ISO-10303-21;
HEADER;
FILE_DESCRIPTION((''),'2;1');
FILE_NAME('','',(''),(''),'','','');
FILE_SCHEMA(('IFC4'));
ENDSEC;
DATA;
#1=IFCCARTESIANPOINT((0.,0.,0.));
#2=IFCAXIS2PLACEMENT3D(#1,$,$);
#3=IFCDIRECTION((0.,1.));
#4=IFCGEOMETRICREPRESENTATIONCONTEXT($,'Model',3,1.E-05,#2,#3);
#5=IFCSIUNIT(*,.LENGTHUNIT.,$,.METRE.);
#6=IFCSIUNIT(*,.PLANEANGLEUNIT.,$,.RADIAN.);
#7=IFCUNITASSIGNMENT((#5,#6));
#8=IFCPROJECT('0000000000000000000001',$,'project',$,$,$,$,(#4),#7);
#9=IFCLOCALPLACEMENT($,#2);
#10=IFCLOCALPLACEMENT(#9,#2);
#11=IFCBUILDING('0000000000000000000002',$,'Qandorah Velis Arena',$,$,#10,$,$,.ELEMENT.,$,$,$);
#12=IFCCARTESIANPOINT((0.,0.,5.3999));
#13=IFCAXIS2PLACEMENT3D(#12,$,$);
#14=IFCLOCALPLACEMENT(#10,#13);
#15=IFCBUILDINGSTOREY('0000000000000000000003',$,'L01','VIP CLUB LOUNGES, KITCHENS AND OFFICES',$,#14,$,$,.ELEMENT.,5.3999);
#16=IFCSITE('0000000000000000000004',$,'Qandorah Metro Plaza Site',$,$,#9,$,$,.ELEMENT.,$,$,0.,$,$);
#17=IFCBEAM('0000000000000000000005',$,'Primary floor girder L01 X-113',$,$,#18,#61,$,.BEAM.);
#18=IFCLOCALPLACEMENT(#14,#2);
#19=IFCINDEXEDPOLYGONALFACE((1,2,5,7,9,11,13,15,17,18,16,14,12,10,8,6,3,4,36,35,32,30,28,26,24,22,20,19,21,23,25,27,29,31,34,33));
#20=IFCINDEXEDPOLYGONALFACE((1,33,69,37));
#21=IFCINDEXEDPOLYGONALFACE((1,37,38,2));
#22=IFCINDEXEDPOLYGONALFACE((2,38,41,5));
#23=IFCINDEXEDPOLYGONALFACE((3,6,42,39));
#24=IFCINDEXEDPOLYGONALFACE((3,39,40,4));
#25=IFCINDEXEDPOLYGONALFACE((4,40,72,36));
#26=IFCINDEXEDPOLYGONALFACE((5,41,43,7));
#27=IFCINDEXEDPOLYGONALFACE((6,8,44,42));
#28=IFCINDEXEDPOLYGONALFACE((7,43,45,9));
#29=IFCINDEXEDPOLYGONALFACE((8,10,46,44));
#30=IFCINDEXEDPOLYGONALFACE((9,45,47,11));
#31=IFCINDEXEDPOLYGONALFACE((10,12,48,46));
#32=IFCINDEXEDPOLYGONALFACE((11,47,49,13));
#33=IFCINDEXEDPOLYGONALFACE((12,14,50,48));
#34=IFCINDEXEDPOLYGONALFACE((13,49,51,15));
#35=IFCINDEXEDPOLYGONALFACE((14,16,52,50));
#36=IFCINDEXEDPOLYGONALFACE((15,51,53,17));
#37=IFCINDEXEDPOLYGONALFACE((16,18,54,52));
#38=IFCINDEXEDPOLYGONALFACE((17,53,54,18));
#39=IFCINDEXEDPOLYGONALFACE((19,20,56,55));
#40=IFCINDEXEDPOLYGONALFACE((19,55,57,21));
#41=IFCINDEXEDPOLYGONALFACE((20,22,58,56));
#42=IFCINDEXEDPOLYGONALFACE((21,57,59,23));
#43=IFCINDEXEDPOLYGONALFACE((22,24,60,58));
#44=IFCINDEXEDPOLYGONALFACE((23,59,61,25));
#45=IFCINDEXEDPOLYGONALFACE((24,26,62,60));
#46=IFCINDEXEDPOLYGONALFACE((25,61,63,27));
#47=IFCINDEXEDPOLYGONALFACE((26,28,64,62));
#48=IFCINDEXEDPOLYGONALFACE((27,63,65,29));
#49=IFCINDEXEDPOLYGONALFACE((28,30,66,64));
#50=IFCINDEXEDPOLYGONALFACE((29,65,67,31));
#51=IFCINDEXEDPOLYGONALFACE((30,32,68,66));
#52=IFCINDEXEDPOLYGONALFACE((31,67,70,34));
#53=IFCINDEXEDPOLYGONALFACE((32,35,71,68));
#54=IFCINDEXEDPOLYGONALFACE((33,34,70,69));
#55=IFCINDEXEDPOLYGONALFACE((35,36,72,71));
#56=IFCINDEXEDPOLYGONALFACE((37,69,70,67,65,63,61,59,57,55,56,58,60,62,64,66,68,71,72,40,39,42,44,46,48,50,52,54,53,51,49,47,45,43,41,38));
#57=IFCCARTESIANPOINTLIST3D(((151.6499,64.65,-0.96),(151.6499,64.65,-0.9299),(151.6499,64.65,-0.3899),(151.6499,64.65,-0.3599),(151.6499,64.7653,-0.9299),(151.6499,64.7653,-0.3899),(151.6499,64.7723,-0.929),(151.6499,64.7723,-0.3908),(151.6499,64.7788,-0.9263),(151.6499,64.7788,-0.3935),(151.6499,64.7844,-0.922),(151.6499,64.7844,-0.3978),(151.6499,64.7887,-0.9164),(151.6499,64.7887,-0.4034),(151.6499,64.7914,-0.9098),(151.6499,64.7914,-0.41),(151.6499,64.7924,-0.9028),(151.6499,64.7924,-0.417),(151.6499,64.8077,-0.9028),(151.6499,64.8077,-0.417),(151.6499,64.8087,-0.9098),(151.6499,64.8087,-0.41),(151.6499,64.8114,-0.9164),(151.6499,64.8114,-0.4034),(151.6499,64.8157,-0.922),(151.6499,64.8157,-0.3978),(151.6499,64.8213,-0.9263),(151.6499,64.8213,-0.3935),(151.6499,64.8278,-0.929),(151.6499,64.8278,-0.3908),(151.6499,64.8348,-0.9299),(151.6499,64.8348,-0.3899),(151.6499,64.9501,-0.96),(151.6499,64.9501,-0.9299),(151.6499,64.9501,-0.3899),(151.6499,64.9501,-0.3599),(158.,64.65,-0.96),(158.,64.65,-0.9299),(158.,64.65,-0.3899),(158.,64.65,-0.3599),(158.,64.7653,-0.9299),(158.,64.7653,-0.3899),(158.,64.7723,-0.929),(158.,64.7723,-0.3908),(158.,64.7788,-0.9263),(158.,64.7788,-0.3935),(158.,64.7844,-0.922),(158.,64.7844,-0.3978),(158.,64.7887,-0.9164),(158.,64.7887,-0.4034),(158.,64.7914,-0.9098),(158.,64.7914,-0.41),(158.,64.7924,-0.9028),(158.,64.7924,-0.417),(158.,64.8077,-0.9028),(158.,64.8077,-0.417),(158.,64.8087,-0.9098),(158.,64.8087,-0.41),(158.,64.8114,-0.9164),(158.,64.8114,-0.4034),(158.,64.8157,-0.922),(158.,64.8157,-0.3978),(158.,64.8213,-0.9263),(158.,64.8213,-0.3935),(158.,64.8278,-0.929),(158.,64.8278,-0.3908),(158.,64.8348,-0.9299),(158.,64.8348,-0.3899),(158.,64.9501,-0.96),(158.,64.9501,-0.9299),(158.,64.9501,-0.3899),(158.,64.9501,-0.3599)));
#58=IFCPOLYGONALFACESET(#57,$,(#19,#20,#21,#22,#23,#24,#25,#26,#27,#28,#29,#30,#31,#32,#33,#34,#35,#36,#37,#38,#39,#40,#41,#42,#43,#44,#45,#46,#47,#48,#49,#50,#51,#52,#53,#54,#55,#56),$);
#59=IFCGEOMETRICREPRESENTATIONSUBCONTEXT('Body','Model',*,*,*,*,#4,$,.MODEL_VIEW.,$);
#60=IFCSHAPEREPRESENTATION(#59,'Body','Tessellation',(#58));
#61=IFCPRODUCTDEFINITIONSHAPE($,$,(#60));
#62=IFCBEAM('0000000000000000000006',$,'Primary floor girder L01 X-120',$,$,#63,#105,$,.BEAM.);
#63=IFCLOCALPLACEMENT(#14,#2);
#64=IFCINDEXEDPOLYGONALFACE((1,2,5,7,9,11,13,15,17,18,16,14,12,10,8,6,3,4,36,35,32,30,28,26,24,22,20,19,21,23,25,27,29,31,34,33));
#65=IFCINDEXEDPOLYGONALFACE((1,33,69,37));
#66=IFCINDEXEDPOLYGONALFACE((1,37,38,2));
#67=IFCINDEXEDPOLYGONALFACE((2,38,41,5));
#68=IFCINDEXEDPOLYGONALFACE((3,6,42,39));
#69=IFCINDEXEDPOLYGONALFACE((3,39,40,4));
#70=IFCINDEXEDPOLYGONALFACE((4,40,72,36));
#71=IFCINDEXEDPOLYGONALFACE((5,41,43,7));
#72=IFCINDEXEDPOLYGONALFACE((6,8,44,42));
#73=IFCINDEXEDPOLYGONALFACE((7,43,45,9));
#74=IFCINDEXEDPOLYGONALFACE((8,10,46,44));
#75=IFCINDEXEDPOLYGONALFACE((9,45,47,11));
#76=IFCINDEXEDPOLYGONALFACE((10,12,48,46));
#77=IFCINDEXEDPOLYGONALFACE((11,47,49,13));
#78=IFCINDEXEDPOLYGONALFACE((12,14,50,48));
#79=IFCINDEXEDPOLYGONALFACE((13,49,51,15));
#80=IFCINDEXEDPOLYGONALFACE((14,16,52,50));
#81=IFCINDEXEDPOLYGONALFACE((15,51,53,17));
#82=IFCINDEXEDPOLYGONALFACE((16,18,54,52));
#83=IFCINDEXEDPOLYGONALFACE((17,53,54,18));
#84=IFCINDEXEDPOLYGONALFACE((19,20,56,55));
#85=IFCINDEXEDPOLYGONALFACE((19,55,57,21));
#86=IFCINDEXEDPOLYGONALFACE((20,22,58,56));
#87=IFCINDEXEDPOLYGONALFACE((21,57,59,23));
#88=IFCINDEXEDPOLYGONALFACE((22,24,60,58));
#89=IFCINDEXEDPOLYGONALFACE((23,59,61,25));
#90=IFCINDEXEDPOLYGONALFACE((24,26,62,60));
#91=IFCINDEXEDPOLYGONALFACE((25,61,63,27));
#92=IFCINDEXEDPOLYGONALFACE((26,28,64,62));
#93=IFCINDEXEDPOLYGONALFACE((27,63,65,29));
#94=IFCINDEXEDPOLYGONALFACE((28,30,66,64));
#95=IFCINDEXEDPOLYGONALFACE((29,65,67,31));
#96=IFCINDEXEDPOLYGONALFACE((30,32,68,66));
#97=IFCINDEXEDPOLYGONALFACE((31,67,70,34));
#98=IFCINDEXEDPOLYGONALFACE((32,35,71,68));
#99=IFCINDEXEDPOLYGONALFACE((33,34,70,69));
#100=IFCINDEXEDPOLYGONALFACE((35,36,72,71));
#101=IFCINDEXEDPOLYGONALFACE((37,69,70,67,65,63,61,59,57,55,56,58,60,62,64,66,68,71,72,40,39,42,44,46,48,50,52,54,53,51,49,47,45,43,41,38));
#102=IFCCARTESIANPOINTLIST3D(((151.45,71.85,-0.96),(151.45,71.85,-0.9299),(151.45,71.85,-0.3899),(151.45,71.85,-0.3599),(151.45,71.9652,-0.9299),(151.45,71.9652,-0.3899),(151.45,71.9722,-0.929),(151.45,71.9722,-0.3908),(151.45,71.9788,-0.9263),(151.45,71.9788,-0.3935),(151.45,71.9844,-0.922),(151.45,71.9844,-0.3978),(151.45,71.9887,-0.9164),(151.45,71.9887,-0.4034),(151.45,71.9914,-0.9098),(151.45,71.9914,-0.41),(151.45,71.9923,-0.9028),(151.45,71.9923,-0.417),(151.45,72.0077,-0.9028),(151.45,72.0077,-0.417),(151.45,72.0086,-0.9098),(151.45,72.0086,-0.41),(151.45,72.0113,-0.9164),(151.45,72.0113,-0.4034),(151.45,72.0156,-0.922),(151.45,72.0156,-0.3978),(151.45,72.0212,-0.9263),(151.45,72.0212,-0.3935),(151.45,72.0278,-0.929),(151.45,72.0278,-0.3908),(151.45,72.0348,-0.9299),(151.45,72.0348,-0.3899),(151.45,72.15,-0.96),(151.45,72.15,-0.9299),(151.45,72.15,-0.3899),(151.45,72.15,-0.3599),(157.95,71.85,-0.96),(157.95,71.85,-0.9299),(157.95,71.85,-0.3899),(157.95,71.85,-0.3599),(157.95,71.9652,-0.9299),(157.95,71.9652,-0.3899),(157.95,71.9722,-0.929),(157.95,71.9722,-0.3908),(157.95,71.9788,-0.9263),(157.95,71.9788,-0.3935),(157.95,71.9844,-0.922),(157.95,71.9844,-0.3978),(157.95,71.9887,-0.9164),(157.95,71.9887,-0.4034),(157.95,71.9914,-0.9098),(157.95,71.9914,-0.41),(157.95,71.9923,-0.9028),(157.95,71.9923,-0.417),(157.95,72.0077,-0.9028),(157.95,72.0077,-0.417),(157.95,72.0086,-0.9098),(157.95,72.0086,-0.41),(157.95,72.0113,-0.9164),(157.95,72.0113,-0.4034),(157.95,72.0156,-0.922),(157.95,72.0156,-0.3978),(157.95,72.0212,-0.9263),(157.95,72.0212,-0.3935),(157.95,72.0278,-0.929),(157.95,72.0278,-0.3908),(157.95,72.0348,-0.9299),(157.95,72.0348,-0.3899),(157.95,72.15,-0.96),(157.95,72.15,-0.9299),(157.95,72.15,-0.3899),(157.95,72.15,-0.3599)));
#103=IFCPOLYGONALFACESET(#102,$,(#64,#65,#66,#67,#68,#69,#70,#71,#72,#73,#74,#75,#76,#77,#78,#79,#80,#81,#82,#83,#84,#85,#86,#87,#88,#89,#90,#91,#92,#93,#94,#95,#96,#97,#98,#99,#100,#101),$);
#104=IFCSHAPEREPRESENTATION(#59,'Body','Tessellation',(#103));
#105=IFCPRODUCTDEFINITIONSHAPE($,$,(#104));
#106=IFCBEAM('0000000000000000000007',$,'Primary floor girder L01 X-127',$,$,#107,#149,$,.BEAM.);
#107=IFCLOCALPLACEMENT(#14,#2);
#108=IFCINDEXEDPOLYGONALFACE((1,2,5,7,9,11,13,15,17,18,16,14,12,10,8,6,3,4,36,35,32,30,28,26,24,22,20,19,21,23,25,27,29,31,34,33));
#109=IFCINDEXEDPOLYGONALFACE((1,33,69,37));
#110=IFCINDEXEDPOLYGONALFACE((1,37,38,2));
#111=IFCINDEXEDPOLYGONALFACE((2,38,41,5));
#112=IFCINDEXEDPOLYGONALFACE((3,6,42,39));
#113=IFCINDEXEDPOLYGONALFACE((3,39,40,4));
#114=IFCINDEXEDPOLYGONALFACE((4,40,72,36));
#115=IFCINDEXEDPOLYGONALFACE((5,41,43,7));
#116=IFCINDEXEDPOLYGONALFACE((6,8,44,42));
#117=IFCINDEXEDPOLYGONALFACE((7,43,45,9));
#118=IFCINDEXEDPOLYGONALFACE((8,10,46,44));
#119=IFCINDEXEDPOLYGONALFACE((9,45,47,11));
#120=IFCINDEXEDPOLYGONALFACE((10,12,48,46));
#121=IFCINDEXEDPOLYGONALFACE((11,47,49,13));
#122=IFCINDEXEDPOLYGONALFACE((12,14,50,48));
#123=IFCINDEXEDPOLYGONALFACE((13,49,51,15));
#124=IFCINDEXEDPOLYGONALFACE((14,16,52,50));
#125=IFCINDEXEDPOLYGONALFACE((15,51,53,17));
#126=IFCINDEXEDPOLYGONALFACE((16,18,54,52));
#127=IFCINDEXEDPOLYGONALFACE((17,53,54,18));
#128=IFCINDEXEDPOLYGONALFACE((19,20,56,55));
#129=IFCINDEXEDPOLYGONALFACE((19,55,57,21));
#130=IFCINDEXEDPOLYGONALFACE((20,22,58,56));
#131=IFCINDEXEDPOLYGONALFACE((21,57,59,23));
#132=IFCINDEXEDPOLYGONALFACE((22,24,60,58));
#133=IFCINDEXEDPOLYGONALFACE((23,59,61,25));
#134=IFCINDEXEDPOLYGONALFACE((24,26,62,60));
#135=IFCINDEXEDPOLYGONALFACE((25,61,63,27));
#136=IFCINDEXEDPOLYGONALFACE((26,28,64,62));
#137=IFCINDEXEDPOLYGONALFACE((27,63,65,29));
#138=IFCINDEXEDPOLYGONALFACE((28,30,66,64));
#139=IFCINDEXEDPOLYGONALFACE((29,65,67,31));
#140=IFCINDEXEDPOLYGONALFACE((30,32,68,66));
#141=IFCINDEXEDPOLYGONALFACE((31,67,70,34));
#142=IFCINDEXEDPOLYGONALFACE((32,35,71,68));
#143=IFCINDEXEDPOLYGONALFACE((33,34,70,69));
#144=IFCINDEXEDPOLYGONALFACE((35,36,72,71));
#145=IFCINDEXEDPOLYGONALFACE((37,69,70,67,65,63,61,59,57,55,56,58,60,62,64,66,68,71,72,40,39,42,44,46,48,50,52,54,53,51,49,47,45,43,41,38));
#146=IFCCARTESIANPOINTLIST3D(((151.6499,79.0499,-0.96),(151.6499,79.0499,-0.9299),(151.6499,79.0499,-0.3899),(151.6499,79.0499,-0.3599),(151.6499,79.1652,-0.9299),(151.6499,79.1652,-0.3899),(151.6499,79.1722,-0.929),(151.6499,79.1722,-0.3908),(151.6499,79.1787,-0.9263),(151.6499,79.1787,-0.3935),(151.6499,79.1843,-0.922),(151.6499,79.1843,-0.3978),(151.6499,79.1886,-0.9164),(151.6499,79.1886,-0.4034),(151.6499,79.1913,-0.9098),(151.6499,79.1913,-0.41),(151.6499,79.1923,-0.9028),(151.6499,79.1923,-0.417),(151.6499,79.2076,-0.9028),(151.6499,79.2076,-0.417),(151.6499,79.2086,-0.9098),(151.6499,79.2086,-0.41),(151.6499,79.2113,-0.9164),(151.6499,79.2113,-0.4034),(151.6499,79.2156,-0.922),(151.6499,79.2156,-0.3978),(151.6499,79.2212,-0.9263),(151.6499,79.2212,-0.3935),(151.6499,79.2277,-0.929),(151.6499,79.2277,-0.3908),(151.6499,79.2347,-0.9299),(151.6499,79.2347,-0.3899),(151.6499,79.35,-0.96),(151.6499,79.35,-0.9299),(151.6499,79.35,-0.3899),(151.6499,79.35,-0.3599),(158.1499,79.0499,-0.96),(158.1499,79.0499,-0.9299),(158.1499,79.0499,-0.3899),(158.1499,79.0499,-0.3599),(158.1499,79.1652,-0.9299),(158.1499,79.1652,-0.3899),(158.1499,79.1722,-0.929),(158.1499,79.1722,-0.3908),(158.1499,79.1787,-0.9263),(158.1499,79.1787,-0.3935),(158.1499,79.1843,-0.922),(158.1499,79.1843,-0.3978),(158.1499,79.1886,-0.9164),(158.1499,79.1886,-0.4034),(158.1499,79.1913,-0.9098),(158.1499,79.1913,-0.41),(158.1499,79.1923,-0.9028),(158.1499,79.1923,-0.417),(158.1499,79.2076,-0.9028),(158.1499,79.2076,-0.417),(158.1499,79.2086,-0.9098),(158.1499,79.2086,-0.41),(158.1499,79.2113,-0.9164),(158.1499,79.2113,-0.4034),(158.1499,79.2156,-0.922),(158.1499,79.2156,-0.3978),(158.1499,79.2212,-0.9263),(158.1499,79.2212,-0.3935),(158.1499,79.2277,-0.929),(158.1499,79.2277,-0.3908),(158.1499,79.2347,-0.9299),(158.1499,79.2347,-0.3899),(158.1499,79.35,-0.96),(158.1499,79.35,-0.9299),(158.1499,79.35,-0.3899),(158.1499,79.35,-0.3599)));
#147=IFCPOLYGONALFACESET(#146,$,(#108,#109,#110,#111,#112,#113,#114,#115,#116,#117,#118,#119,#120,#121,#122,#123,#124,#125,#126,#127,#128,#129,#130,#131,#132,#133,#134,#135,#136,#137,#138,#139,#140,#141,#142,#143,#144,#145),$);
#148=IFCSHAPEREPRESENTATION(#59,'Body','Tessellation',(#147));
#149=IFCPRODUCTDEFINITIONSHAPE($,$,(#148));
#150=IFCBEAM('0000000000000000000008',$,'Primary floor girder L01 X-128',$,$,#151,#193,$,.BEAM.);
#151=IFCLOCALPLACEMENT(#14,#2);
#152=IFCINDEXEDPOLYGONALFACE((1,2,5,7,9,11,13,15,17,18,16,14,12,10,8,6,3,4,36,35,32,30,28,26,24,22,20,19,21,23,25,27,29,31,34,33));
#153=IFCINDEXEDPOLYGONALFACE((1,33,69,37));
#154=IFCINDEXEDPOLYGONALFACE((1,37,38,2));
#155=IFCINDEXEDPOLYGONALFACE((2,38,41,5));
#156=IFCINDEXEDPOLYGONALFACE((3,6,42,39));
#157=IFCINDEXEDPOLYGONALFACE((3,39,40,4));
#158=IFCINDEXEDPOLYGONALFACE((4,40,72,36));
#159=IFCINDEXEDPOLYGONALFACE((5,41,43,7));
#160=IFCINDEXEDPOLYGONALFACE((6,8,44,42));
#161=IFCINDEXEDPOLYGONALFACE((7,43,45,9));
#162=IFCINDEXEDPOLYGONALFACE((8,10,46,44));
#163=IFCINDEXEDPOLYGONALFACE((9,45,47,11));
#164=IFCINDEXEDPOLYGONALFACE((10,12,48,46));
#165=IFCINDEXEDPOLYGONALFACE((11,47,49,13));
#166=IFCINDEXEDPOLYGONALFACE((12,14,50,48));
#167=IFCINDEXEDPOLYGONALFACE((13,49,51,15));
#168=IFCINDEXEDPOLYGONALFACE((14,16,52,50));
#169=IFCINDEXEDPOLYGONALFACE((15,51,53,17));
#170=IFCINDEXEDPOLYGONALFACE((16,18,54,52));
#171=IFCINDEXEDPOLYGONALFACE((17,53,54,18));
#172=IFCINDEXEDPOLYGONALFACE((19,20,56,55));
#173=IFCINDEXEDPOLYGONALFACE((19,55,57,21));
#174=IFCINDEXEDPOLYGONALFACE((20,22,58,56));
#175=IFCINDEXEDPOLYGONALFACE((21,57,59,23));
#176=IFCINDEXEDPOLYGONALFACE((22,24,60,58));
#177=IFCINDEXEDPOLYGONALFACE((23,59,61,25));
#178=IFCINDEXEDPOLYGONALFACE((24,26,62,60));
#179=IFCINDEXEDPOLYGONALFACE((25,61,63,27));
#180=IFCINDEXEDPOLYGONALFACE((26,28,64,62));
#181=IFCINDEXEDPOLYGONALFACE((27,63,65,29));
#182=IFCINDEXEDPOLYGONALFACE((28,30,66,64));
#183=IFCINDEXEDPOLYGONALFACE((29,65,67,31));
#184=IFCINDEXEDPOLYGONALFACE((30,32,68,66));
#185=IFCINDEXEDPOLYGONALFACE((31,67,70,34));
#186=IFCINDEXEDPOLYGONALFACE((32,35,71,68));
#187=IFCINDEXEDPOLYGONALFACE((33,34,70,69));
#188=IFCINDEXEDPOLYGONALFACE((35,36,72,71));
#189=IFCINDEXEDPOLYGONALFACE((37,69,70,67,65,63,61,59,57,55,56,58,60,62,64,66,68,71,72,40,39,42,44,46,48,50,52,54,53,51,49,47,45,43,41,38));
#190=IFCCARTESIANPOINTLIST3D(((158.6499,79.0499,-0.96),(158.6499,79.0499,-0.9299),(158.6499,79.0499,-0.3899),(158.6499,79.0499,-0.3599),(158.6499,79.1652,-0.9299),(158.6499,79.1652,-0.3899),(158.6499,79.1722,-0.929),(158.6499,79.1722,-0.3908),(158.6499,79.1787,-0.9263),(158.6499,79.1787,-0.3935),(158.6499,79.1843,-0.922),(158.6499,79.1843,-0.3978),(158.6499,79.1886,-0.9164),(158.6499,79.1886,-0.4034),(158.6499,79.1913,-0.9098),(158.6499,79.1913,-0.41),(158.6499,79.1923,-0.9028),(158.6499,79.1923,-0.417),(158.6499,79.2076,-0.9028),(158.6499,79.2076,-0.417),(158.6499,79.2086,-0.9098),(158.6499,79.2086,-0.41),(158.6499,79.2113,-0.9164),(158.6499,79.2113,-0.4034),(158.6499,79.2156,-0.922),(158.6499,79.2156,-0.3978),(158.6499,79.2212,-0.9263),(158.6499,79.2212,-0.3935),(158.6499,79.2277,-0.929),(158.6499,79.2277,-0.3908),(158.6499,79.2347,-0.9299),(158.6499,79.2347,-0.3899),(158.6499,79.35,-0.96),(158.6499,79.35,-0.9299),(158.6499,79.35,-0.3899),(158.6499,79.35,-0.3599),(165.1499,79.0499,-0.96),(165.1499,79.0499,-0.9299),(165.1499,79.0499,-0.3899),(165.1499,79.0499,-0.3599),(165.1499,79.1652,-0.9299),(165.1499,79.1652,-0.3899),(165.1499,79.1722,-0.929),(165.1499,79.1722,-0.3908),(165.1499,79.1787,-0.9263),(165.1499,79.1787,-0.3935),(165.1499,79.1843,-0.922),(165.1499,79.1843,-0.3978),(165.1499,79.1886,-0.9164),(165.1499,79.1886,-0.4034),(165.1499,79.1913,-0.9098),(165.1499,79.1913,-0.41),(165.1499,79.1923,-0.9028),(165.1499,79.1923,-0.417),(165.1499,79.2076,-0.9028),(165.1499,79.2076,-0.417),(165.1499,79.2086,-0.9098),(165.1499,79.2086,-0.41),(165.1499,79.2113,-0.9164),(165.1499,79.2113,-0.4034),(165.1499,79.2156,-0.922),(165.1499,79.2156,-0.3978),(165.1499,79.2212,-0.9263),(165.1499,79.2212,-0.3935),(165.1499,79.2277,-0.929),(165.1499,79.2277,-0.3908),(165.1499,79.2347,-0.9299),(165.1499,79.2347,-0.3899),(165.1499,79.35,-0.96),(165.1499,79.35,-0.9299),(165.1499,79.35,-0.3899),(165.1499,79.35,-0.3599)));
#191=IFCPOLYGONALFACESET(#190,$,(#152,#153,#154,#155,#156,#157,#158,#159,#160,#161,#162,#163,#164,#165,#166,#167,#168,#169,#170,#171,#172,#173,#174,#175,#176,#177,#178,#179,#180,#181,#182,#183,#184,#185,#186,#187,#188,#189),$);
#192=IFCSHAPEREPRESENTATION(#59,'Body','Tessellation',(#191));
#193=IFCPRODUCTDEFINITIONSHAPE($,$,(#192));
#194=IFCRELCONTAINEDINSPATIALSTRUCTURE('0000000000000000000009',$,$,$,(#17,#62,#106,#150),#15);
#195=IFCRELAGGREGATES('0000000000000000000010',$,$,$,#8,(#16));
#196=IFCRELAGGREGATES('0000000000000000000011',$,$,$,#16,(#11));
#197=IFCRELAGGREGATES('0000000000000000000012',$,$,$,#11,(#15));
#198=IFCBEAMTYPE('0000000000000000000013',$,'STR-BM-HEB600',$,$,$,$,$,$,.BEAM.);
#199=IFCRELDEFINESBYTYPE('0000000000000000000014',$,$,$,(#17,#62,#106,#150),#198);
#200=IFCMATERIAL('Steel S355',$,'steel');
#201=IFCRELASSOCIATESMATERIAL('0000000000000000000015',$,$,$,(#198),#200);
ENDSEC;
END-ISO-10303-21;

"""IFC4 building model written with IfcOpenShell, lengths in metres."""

from ifc_helpers import new_model, si_unit, direction, frame, origin, origin_2d, place, context, subcontext, project, spatial, i_section, extrude, material, material_profile, profile_set, type_object, element, save


model = new_model("IFC4")

# Units and contexts
model_context = context("Model", 3, precision=1e-05, world=origin(), true_north=direction((0.0, 1.0)))
body_context = subcontext(model_context, "Body", "Model", "MODEL_VIEW")
ifc_project = project(units=[si_unit("LENGTHUNIT", "METRE"), si_unit("PLANEANGLEUNIT", "RADIAN")], contexts=[model_context])

# Site, building, storey
site_placement = place(None, origin())
site = spatial("IfcSite", under=ifc_project, at=site_placement, Name="Qandorah Metro Plaza Site", CompositionType="ELEMENT", RefElevation=0.0)
building_placement = place(site_placement, origin())
building = spatial("IfcBuilding", under=site, at=building_placement, Name="Qandorah Velis Arena", CompositionType="ELEMENT")
storey_placement = place(building_placement, frame((0.0, 0.0, 5.3999)))
storey = spatial("IfcBuildingStorey", under=building, at=storey_placement, Name="L01", Description="VIP CLUB LOUNGES, KITCHENS AND OFFICES", CompositionType="ELEMENT", Elevation=5.3999)

# Beams
ifc_material_1 = material(Name="Steel S355", Category="steel")
ifc_material_profile_1 = material_profile(ifc_material_1, i_section(OverallWidth=0.3, OverallDepth=0.6001, WebThickness=0.0154, FlangeThickness=0.03, FilletRadius=0.0271, at=origin_2d()), Name="HEB 600")
ifc_profile_set_1 = profile_set([ifc_material_profile_1], Name="Steel S355")
beam_type_1 = type_object("IfcBeamType", Name="STR-BM-HEB600", PredefinedType="BEAM", material=ifc_profile_set_1)
beam_1_placement = place(storey_placement, frame((151.6499, 64.8, -0.6599), z_axis=(1.0, 0.0, 0.0), x_axis=(0.0, 1.0, 0.0)))
element("IfcBeam", 1, at=beam_1_placement, inside=storey, type_object=beam_type_1, Name="Primary floor girder L01 X-113", PredefinedType="BEAM", context=body_context, shape_type="SweptSolid", body=[
    extrude(i_section(OverallWidth=0.3, OverallDepth=0.6001, WebThickness=0.0154, FlangeThickness=0.03, FilletRadius=0.0271, at=origin_2d()), origin(), (0.0, 0.0, 1.0), 6.3501),
])
for number, where, z_axis, x_axis, name in (
    (2, (151.45, 72.0, -0.6599), (1.0, 0.0, 0.0), (0.0, 1.0, 0.0), "Primary floor girder L01 X-120"),
    (3, (151.6499, 79.2, -0.6599), (1.0, 0.0, 0.0), (0.0, 1.0, 0.0), "Primary floor girder L01 X-127"),
    (4, (158.6499, 79.2, -0.6599), (1.0, 0.0, 0.0), (0.0, 1.0, 0.0), "Primary floor girder L01 X-128"),
):
    element("IfcBeam", number, at=place(storey_placement, frame(where, z_axis=z_axis, x_axis=x_axis)), inside=storey, type_object=beam_type_1, Name=name, PredefinedType="BEAM", context=body_context, shape_type="SweptSolid", body=[
        extrude(i_section(OverallWidth=0.3, OverallDepth=0.6001, WebThickness=0.0154, FlangeThickness=0.03, FilletRadius=0.0271, at=origin_2d()), origin(), (0.0, 0.0, 1.0), 6.5),
    ])

save(model, "model.ifc")
